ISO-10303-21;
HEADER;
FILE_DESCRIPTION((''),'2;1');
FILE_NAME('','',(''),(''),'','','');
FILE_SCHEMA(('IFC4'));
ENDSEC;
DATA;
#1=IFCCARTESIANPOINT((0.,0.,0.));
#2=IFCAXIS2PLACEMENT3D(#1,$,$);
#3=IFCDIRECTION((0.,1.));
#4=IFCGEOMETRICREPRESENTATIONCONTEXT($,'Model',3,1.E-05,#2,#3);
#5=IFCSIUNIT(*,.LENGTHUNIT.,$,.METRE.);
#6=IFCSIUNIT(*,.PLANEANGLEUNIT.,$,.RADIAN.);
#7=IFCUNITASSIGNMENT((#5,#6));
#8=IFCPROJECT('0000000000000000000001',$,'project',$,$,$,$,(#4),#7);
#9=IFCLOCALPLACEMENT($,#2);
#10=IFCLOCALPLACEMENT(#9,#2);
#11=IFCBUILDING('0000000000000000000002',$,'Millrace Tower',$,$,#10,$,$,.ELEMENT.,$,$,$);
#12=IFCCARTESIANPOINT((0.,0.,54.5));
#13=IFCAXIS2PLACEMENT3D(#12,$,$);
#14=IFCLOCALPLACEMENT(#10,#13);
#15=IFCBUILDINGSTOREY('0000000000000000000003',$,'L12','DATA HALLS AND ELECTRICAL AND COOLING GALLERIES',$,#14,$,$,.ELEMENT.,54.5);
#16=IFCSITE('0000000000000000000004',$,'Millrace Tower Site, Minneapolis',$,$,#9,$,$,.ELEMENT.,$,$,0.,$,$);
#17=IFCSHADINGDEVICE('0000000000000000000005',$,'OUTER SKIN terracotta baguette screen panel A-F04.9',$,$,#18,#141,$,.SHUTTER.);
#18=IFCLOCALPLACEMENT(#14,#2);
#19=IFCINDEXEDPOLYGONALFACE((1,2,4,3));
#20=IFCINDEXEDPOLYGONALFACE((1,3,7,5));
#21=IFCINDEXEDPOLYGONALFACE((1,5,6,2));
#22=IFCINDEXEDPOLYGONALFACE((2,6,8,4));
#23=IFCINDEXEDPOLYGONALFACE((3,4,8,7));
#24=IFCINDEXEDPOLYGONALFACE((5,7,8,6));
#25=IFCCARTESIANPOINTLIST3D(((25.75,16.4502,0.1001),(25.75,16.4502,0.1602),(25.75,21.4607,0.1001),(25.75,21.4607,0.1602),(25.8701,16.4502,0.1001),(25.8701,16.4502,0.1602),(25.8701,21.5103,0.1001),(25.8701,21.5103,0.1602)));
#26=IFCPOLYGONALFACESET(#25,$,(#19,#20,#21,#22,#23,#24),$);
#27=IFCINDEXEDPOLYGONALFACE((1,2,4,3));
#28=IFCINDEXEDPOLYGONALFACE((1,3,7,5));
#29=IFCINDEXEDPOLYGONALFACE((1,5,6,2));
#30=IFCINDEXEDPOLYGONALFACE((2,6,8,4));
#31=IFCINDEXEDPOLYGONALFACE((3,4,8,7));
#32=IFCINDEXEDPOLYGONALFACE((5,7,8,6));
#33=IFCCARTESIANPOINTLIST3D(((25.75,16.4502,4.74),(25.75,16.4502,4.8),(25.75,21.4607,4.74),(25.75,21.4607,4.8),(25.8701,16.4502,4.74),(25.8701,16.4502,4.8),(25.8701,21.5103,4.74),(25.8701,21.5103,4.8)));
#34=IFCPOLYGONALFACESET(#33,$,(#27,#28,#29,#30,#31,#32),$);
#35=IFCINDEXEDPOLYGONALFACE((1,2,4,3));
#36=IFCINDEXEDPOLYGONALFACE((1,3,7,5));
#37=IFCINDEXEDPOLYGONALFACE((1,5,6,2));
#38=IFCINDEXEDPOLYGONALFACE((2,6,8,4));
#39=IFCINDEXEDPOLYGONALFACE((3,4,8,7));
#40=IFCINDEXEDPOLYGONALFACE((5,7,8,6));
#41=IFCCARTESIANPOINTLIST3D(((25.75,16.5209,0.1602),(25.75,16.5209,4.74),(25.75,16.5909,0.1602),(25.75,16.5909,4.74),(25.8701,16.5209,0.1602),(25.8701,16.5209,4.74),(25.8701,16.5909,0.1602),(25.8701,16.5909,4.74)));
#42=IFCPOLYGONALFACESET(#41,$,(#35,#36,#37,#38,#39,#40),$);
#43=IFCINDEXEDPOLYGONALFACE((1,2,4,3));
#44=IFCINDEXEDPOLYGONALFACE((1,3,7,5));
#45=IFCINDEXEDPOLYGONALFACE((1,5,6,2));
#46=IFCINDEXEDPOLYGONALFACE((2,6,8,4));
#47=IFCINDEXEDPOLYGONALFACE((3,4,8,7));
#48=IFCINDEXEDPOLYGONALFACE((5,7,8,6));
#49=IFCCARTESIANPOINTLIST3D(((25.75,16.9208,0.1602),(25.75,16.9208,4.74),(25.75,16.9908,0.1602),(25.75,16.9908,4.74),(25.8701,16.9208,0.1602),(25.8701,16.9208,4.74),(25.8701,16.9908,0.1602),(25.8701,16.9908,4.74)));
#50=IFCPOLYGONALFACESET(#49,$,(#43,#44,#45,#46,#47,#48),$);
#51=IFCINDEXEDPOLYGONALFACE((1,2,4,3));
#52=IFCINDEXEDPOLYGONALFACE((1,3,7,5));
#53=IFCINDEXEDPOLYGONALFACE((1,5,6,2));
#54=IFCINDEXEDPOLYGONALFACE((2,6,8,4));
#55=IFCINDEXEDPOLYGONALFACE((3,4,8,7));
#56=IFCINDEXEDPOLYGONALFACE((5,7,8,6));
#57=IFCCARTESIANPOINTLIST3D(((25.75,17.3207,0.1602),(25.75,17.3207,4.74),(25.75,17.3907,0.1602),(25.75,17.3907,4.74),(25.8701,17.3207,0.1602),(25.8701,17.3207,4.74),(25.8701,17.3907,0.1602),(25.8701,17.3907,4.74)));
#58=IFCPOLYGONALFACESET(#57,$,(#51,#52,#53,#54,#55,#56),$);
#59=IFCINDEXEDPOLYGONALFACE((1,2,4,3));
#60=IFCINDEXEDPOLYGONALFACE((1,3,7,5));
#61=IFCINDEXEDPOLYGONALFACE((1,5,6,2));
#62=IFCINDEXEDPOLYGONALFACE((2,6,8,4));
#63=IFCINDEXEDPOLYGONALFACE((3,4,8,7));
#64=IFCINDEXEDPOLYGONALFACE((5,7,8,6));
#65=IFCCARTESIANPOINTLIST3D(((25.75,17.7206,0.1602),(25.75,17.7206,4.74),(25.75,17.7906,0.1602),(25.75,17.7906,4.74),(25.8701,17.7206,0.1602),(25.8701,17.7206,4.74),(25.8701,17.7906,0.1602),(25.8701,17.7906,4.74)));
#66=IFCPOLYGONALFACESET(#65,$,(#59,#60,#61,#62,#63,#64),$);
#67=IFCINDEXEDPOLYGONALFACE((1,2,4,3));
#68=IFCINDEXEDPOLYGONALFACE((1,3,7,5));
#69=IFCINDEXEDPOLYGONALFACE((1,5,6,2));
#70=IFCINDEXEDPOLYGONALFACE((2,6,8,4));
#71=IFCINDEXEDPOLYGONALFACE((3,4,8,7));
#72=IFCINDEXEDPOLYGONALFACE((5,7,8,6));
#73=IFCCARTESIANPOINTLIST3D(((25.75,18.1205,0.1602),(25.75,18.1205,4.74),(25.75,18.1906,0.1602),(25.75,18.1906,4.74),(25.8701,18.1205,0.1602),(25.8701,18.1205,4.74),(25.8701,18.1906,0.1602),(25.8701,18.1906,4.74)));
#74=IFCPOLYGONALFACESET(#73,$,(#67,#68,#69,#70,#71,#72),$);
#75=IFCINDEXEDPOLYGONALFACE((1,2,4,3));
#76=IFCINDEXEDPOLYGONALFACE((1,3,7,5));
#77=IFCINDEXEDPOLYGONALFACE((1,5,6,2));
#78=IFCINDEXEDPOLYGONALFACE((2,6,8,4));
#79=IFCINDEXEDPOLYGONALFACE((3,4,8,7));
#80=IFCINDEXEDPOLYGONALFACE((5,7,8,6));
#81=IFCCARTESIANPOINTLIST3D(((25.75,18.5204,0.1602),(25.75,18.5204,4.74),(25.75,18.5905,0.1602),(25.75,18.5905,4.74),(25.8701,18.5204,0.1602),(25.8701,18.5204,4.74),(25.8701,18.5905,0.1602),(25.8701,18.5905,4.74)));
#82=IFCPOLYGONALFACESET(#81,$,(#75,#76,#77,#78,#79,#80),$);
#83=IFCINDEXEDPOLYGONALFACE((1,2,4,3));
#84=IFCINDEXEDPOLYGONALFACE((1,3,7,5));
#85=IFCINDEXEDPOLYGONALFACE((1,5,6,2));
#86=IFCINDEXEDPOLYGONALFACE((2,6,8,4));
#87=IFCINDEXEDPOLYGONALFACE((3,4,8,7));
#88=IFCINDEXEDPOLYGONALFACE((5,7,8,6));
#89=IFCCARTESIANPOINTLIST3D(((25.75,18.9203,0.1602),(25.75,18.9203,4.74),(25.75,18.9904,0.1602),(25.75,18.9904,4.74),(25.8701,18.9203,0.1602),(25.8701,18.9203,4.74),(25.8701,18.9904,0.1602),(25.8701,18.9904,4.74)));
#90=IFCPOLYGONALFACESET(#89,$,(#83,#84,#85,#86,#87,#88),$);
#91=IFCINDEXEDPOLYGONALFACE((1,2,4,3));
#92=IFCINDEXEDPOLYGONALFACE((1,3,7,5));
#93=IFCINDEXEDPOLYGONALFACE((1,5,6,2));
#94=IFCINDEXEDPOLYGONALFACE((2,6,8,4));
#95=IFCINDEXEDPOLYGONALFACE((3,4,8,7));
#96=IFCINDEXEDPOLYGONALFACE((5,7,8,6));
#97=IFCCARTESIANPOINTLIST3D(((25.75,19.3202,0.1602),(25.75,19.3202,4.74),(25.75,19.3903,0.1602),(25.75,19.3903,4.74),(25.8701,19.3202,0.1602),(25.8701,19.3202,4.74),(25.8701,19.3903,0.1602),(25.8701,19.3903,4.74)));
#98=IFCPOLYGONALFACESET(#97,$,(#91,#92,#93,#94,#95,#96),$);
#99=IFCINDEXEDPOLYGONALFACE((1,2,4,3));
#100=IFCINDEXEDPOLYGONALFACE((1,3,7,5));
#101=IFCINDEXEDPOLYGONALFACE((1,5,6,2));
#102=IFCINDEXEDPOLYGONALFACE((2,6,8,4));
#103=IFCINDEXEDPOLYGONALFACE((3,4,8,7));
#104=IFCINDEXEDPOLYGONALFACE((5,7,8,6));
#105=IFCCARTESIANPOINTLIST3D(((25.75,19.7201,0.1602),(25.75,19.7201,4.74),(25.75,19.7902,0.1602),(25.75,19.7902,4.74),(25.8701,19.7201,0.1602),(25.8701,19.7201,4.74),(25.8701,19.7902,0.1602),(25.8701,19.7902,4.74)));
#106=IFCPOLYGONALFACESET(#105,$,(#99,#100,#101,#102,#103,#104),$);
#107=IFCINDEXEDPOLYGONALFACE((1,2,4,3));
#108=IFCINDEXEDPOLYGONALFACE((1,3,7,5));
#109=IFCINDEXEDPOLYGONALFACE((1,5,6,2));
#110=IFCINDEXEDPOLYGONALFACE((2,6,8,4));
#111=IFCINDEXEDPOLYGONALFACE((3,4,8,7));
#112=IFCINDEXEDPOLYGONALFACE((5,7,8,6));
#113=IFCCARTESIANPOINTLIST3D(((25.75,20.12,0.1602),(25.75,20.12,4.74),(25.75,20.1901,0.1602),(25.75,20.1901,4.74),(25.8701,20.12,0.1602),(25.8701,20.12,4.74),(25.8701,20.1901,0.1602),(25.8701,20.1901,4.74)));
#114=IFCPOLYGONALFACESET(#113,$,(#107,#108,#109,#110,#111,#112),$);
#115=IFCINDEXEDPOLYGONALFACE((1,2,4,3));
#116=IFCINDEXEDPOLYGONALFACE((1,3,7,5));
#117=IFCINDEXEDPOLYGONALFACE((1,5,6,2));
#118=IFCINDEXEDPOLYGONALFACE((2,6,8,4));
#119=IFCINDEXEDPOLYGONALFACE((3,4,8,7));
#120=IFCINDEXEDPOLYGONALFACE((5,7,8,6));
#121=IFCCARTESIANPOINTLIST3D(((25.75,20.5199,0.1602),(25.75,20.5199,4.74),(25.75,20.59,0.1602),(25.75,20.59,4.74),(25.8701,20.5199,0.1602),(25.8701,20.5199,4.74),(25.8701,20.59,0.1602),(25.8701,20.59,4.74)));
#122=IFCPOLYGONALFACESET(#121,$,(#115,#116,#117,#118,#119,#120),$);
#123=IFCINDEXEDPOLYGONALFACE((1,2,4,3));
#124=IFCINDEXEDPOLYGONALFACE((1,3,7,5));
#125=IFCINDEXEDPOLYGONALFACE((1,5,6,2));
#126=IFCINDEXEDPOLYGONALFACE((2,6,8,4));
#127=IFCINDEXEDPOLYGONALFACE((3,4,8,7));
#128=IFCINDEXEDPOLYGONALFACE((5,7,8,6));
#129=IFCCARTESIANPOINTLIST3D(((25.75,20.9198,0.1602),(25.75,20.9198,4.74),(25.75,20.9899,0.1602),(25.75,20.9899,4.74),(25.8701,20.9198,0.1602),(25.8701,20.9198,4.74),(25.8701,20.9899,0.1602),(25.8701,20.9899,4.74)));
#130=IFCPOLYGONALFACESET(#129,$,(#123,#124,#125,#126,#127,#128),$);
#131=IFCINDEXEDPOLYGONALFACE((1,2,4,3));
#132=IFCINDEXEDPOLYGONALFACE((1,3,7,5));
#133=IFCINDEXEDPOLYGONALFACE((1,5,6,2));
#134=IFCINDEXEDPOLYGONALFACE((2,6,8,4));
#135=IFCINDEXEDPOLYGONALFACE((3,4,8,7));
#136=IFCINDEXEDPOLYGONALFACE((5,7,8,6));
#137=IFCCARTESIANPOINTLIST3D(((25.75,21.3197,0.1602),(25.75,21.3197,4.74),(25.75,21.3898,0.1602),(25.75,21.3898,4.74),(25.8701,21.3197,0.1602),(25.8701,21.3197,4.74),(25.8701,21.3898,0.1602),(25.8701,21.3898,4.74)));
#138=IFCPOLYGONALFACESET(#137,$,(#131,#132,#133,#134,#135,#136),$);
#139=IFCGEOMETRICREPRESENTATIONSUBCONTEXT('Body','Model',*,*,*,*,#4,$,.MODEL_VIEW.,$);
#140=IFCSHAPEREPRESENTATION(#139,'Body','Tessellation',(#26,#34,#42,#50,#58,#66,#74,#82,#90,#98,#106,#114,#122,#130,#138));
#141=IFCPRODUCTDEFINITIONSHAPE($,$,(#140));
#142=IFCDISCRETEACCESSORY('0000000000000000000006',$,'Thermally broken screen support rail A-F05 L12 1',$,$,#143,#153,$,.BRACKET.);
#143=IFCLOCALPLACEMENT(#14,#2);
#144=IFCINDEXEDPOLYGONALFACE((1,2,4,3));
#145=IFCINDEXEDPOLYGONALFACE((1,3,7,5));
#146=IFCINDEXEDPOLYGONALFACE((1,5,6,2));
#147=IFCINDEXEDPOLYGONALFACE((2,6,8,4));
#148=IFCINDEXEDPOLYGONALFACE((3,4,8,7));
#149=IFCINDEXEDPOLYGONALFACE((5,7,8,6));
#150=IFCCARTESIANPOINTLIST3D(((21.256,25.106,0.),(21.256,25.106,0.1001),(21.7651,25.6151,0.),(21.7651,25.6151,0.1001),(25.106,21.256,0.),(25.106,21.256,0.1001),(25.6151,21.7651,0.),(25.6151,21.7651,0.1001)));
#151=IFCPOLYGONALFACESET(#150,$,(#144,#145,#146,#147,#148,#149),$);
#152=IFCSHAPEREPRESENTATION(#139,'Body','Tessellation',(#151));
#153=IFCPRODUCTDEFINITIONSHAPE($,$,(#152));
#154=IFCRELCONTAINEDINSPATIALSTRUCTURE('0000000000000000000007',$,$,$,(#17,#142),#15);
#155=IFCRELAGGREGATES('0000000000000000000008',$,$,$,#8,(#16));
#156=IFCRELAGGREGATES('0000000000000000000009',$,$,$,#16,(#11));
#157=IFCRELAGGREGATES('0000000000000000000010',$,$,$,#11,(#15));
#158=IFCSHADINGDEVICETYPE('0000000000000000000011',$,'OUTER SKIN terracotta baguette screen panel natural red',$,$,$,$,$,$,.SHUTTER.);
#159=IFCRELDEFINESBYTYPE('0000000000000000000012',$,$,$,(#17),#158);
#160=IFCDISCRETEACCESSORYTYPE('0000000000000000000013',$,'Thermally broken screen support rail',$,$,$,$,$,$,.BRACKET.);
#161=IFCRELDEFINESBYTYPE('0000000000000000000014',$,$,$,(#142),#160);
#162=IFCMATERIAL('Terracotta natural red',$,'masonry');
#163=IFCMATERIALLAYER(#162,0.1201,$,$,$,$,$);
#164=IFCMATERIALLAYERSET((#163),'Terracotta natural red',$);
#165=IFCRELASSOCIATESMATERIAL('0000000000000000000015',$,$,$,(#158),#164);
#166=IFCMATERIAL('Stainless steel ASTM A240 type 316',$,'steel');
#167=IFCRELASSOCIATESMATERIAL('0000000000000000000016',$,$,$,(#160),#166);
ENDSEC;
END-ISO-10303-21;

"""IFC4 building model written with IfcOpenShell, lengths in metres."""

from ifc_helpers import new_model, entity, si_unit, direction, frame, frame_2d, origin, origin_2d, place, context, subcontext, project, spatial, rectangle, extrude, source, transform, mapped, material, layer, layer_set, type_object, element, save


model = new_model("IFC4")

# Units and contexts
model_context = context("Model", 3, precision=1e-05, world=origin(), true_north=direction((0.0, 1.0)))
body_context = subcontext(model_context, "Body", "Model", "MODEL_VIEW")
ifc_project = project(units=[si_unit("LENGTHUNIT", "METRE"), si_unit("PLANEANGLEUNIT", "RADIAN")], contexts=[model_context])

# Site, building, storey
site_placement = place(None, origin())
site = spatial("IfcSite", under=ifc_project, at=site_placement, Name="Millrace Tower Site, Minneapolis", CompositionType="ELEMENT", RefElevation=0.0)
building_placement = place(site_placement, origin())
building = spatial("IfcBuilding", under=site, at=building_placement, Name="Millrace Tower", CompositionType="ELEMENT")
storey_placement = place(building_placement, frame((0.0, 0.0, 54.5)))
storey = spatial("IfcBuildingStorey", under=building, at=storey_placement, Name="L12", Description="DATA HALLS AND ELECTRICAL AND COOLING GALLERIES", CompositionType="ELEMENT", Elevation=54.5)

# Shading device
ifc_material_1 = material(Name="Terracotta natural red", Category="masonry")
ifc_layer_1 = layer(ifc_material_1, 0.1201)
ifc_layer_set_1 = layer_set([ifc_layer_1], Name="Terracotta natural red")
shading_device_type_1 = type_object("IfcShadingDeviceType", Name="OUTER SKIN terracotta baguette screen panel natural red", PredefinedType="SHUTTER", material=ifc_layer_set_1)
cartesian_point_1 = entity("IfcCartesianPoint", [-2.5176, 0.0601])
shared_polyline_1 = entity("IfcPolyline", [cartesian_point_1, entity("IfcCartesianPoint", [2.4929, 0.0601]), entity("IfcCartesianPoint", [2.5425, -0.0601]), entity("IfcCartesianPoint", [-2.5176, -0.0601]), cartesian_point_1])
shared_shape_1 = source(origin(), body_context, "Body", "SweptSolid", [
    entity("IfcExtrudedAreaSolid", entity("IfcArbitraryClosedProfileDef", "AREA", None, shared_polyline_1), entity("IfcAxis2Placement3D", entity("IfcCartesianPoint", [0.0, 0.0, 0.0])), entity("IfcDirection", [0.0, 0.0, 1.0]), 0.0601),
    entity("IfcExtrudedAreaSolid", entity("IfcArbitraryClosedProfileDef", "AREA", None, shared_polyline_1), entity("IfcAxis2Placement3D", entity("IfcCartesianPoint", [0.0, 0.0, 4.6399])), entity("IfcDirection", [0.0, 0.0, 1.0]), 0.0601),
    extrude(rectangle(XDim=0.0701, YDim=0.1201, at=frame_2d((-2.4119, 0.0))), frame((0.0, 0.0, 0.0601)), (0.0, 0.0, 1.0), 4.5798),
    extrude(rectangle(XDim=0.0701, YDim=0.1201, at=frame_2d((-2.012, 0.0))), frame((0.0, 0.0, 0.0601)), (0.0, 0.0, 1.0), 4.5798),
    extrude(rectangle(XDim=0.0701, YDim=0.1201, at=frame_2d((-1.6121, 0.0))), frame((0.0, 0.0, 0.0601)), (0.0, 0.0, 1.0), 4.5798),
    extrude(rectangle(XDim=0.0701, YDim=0.1201, at=frame_2d((-1.2122, 0.0))), frame((0.0, 0.0, 0.0601)), (0.0, 0.0, 1.0), 4.5798),
    extrude(rectangle(XDim=0.0701, YDim=0.1201, at=frame_2d((-0.8123, 0.0))), frame((0.0, 0.0, 0.0601)), (0.0, 0.0, 1.0), 4.5798),
    extrude(rectangle(XDim=0.0701, YDim=0.1201, at=frame_2d((-0.4124, 0.0))), frame((0.0, 0.0, 0.0601)), (0.0, 0.0, 1.0), 4.5798),
    extrude(rectangle(XDim=0.0701, YDim=0.1201, at=frame_2d((-0.0125, 0.0))), frame((0.0, 0.0, 0.0601)), (0.0, 0.0, 1.0), 4.5798),
    extrude(rectangle(XDim=0.0701, YDim=0.1201, at=frame_2d((0.3875, 0.0))), frame((0.0, 0.0, 0.0601)), (0.0, 0.0, 1.0), 4.5798),
    extrude(rectangle(XDim=0.0701, YDim=0.1201, at=frame_2d((0.7874, 0.0))), frame((0.0, 0.0, 0.0601)), (0.0, 0.0, 1.0), 4.5798),
    extrude(rectangle(XDim=0.0701, YDim=0.1201, at=frame_2d((1.1873, 0.0))), frame((0.0, 0.0, 0.0601)), (0.0, 0.0, 1.0), 4.5798),
    extrude(rectangle(XDim=0.0701, YDim=0.1201, at=frame_2d((1.5872, 0.0))), frame((0.0, 0.0, 0.0601)), (0.0, 0.0, 1.0), 4.5798),
    extrude(rectangle(XDim=0.0701, YDim=0.1201, at=frame_2d((1.9871, 0.0))), frame((0.0, 0.0, 0.0601)), (0.0, 0.0, 1.0), 4.5798),
    extrude(rectangle(XDim=0.0701, YDim=0.1201, at=frame_2d((2.387, 0.0))), frame((0.0, 0.0, 0.0601)), (0.0, 0.0, 1.0), 4.5798),
])
shading_device_1_placement = place(storey_placement, frame((25.8101, 18.9678, 0.1001), z_axis=(0.0, 0.0, 1.0), x_axis=(0.0, 1.0, 0.0)))
element("IfcShadingDevice", 1, at=shading_device_1_placement, inside=storey, type_object=shading_device_type_1, Name="OUTER SKIN terracotta baguette screen panel A-F04.9", PredefinedType="SHUTTER", context=body_context, shape_type="MappedRepresentation", body=[
    mapped(shared_shape_1, transform((0.0, 0.0, 0.0), scale=1.0)),
])

# Discrete accessory
ifc_material_2 = material(Name="Stainless steel ASTM A240 type 316", Category="steel")
discrete_accessory_type = type_object("IfcDiscreteAccessoryType", Name="Thermally broken screen support rail", PredefinedType="BRACKET", material=ifc_material_2)
discrete_accessory_placement = place(storey_placement, frame((23.4355, 23.4355, 0.0), z_axis=(0.0, 0.0, 1.0), x_axis=(-0.707107, 0.707107, 0.0)))
element("IfcDiscreteAccessory", 2, at=discrete_accessory_placement, inside=storey, type_object=discrete_accessory_type, Name="Thermally broken screen support rail A-F05 L12 1", PredefinedType="BRACKET", context=body_context, shape_type="SweptSolid", body=[
    extrude(rectangle(XDim=5.4448, YDim=0.72, at=origin_2d()), origin(), (0.0, 0.0, 1.0), 0.1001),
])

save(model, "model.ifc")
